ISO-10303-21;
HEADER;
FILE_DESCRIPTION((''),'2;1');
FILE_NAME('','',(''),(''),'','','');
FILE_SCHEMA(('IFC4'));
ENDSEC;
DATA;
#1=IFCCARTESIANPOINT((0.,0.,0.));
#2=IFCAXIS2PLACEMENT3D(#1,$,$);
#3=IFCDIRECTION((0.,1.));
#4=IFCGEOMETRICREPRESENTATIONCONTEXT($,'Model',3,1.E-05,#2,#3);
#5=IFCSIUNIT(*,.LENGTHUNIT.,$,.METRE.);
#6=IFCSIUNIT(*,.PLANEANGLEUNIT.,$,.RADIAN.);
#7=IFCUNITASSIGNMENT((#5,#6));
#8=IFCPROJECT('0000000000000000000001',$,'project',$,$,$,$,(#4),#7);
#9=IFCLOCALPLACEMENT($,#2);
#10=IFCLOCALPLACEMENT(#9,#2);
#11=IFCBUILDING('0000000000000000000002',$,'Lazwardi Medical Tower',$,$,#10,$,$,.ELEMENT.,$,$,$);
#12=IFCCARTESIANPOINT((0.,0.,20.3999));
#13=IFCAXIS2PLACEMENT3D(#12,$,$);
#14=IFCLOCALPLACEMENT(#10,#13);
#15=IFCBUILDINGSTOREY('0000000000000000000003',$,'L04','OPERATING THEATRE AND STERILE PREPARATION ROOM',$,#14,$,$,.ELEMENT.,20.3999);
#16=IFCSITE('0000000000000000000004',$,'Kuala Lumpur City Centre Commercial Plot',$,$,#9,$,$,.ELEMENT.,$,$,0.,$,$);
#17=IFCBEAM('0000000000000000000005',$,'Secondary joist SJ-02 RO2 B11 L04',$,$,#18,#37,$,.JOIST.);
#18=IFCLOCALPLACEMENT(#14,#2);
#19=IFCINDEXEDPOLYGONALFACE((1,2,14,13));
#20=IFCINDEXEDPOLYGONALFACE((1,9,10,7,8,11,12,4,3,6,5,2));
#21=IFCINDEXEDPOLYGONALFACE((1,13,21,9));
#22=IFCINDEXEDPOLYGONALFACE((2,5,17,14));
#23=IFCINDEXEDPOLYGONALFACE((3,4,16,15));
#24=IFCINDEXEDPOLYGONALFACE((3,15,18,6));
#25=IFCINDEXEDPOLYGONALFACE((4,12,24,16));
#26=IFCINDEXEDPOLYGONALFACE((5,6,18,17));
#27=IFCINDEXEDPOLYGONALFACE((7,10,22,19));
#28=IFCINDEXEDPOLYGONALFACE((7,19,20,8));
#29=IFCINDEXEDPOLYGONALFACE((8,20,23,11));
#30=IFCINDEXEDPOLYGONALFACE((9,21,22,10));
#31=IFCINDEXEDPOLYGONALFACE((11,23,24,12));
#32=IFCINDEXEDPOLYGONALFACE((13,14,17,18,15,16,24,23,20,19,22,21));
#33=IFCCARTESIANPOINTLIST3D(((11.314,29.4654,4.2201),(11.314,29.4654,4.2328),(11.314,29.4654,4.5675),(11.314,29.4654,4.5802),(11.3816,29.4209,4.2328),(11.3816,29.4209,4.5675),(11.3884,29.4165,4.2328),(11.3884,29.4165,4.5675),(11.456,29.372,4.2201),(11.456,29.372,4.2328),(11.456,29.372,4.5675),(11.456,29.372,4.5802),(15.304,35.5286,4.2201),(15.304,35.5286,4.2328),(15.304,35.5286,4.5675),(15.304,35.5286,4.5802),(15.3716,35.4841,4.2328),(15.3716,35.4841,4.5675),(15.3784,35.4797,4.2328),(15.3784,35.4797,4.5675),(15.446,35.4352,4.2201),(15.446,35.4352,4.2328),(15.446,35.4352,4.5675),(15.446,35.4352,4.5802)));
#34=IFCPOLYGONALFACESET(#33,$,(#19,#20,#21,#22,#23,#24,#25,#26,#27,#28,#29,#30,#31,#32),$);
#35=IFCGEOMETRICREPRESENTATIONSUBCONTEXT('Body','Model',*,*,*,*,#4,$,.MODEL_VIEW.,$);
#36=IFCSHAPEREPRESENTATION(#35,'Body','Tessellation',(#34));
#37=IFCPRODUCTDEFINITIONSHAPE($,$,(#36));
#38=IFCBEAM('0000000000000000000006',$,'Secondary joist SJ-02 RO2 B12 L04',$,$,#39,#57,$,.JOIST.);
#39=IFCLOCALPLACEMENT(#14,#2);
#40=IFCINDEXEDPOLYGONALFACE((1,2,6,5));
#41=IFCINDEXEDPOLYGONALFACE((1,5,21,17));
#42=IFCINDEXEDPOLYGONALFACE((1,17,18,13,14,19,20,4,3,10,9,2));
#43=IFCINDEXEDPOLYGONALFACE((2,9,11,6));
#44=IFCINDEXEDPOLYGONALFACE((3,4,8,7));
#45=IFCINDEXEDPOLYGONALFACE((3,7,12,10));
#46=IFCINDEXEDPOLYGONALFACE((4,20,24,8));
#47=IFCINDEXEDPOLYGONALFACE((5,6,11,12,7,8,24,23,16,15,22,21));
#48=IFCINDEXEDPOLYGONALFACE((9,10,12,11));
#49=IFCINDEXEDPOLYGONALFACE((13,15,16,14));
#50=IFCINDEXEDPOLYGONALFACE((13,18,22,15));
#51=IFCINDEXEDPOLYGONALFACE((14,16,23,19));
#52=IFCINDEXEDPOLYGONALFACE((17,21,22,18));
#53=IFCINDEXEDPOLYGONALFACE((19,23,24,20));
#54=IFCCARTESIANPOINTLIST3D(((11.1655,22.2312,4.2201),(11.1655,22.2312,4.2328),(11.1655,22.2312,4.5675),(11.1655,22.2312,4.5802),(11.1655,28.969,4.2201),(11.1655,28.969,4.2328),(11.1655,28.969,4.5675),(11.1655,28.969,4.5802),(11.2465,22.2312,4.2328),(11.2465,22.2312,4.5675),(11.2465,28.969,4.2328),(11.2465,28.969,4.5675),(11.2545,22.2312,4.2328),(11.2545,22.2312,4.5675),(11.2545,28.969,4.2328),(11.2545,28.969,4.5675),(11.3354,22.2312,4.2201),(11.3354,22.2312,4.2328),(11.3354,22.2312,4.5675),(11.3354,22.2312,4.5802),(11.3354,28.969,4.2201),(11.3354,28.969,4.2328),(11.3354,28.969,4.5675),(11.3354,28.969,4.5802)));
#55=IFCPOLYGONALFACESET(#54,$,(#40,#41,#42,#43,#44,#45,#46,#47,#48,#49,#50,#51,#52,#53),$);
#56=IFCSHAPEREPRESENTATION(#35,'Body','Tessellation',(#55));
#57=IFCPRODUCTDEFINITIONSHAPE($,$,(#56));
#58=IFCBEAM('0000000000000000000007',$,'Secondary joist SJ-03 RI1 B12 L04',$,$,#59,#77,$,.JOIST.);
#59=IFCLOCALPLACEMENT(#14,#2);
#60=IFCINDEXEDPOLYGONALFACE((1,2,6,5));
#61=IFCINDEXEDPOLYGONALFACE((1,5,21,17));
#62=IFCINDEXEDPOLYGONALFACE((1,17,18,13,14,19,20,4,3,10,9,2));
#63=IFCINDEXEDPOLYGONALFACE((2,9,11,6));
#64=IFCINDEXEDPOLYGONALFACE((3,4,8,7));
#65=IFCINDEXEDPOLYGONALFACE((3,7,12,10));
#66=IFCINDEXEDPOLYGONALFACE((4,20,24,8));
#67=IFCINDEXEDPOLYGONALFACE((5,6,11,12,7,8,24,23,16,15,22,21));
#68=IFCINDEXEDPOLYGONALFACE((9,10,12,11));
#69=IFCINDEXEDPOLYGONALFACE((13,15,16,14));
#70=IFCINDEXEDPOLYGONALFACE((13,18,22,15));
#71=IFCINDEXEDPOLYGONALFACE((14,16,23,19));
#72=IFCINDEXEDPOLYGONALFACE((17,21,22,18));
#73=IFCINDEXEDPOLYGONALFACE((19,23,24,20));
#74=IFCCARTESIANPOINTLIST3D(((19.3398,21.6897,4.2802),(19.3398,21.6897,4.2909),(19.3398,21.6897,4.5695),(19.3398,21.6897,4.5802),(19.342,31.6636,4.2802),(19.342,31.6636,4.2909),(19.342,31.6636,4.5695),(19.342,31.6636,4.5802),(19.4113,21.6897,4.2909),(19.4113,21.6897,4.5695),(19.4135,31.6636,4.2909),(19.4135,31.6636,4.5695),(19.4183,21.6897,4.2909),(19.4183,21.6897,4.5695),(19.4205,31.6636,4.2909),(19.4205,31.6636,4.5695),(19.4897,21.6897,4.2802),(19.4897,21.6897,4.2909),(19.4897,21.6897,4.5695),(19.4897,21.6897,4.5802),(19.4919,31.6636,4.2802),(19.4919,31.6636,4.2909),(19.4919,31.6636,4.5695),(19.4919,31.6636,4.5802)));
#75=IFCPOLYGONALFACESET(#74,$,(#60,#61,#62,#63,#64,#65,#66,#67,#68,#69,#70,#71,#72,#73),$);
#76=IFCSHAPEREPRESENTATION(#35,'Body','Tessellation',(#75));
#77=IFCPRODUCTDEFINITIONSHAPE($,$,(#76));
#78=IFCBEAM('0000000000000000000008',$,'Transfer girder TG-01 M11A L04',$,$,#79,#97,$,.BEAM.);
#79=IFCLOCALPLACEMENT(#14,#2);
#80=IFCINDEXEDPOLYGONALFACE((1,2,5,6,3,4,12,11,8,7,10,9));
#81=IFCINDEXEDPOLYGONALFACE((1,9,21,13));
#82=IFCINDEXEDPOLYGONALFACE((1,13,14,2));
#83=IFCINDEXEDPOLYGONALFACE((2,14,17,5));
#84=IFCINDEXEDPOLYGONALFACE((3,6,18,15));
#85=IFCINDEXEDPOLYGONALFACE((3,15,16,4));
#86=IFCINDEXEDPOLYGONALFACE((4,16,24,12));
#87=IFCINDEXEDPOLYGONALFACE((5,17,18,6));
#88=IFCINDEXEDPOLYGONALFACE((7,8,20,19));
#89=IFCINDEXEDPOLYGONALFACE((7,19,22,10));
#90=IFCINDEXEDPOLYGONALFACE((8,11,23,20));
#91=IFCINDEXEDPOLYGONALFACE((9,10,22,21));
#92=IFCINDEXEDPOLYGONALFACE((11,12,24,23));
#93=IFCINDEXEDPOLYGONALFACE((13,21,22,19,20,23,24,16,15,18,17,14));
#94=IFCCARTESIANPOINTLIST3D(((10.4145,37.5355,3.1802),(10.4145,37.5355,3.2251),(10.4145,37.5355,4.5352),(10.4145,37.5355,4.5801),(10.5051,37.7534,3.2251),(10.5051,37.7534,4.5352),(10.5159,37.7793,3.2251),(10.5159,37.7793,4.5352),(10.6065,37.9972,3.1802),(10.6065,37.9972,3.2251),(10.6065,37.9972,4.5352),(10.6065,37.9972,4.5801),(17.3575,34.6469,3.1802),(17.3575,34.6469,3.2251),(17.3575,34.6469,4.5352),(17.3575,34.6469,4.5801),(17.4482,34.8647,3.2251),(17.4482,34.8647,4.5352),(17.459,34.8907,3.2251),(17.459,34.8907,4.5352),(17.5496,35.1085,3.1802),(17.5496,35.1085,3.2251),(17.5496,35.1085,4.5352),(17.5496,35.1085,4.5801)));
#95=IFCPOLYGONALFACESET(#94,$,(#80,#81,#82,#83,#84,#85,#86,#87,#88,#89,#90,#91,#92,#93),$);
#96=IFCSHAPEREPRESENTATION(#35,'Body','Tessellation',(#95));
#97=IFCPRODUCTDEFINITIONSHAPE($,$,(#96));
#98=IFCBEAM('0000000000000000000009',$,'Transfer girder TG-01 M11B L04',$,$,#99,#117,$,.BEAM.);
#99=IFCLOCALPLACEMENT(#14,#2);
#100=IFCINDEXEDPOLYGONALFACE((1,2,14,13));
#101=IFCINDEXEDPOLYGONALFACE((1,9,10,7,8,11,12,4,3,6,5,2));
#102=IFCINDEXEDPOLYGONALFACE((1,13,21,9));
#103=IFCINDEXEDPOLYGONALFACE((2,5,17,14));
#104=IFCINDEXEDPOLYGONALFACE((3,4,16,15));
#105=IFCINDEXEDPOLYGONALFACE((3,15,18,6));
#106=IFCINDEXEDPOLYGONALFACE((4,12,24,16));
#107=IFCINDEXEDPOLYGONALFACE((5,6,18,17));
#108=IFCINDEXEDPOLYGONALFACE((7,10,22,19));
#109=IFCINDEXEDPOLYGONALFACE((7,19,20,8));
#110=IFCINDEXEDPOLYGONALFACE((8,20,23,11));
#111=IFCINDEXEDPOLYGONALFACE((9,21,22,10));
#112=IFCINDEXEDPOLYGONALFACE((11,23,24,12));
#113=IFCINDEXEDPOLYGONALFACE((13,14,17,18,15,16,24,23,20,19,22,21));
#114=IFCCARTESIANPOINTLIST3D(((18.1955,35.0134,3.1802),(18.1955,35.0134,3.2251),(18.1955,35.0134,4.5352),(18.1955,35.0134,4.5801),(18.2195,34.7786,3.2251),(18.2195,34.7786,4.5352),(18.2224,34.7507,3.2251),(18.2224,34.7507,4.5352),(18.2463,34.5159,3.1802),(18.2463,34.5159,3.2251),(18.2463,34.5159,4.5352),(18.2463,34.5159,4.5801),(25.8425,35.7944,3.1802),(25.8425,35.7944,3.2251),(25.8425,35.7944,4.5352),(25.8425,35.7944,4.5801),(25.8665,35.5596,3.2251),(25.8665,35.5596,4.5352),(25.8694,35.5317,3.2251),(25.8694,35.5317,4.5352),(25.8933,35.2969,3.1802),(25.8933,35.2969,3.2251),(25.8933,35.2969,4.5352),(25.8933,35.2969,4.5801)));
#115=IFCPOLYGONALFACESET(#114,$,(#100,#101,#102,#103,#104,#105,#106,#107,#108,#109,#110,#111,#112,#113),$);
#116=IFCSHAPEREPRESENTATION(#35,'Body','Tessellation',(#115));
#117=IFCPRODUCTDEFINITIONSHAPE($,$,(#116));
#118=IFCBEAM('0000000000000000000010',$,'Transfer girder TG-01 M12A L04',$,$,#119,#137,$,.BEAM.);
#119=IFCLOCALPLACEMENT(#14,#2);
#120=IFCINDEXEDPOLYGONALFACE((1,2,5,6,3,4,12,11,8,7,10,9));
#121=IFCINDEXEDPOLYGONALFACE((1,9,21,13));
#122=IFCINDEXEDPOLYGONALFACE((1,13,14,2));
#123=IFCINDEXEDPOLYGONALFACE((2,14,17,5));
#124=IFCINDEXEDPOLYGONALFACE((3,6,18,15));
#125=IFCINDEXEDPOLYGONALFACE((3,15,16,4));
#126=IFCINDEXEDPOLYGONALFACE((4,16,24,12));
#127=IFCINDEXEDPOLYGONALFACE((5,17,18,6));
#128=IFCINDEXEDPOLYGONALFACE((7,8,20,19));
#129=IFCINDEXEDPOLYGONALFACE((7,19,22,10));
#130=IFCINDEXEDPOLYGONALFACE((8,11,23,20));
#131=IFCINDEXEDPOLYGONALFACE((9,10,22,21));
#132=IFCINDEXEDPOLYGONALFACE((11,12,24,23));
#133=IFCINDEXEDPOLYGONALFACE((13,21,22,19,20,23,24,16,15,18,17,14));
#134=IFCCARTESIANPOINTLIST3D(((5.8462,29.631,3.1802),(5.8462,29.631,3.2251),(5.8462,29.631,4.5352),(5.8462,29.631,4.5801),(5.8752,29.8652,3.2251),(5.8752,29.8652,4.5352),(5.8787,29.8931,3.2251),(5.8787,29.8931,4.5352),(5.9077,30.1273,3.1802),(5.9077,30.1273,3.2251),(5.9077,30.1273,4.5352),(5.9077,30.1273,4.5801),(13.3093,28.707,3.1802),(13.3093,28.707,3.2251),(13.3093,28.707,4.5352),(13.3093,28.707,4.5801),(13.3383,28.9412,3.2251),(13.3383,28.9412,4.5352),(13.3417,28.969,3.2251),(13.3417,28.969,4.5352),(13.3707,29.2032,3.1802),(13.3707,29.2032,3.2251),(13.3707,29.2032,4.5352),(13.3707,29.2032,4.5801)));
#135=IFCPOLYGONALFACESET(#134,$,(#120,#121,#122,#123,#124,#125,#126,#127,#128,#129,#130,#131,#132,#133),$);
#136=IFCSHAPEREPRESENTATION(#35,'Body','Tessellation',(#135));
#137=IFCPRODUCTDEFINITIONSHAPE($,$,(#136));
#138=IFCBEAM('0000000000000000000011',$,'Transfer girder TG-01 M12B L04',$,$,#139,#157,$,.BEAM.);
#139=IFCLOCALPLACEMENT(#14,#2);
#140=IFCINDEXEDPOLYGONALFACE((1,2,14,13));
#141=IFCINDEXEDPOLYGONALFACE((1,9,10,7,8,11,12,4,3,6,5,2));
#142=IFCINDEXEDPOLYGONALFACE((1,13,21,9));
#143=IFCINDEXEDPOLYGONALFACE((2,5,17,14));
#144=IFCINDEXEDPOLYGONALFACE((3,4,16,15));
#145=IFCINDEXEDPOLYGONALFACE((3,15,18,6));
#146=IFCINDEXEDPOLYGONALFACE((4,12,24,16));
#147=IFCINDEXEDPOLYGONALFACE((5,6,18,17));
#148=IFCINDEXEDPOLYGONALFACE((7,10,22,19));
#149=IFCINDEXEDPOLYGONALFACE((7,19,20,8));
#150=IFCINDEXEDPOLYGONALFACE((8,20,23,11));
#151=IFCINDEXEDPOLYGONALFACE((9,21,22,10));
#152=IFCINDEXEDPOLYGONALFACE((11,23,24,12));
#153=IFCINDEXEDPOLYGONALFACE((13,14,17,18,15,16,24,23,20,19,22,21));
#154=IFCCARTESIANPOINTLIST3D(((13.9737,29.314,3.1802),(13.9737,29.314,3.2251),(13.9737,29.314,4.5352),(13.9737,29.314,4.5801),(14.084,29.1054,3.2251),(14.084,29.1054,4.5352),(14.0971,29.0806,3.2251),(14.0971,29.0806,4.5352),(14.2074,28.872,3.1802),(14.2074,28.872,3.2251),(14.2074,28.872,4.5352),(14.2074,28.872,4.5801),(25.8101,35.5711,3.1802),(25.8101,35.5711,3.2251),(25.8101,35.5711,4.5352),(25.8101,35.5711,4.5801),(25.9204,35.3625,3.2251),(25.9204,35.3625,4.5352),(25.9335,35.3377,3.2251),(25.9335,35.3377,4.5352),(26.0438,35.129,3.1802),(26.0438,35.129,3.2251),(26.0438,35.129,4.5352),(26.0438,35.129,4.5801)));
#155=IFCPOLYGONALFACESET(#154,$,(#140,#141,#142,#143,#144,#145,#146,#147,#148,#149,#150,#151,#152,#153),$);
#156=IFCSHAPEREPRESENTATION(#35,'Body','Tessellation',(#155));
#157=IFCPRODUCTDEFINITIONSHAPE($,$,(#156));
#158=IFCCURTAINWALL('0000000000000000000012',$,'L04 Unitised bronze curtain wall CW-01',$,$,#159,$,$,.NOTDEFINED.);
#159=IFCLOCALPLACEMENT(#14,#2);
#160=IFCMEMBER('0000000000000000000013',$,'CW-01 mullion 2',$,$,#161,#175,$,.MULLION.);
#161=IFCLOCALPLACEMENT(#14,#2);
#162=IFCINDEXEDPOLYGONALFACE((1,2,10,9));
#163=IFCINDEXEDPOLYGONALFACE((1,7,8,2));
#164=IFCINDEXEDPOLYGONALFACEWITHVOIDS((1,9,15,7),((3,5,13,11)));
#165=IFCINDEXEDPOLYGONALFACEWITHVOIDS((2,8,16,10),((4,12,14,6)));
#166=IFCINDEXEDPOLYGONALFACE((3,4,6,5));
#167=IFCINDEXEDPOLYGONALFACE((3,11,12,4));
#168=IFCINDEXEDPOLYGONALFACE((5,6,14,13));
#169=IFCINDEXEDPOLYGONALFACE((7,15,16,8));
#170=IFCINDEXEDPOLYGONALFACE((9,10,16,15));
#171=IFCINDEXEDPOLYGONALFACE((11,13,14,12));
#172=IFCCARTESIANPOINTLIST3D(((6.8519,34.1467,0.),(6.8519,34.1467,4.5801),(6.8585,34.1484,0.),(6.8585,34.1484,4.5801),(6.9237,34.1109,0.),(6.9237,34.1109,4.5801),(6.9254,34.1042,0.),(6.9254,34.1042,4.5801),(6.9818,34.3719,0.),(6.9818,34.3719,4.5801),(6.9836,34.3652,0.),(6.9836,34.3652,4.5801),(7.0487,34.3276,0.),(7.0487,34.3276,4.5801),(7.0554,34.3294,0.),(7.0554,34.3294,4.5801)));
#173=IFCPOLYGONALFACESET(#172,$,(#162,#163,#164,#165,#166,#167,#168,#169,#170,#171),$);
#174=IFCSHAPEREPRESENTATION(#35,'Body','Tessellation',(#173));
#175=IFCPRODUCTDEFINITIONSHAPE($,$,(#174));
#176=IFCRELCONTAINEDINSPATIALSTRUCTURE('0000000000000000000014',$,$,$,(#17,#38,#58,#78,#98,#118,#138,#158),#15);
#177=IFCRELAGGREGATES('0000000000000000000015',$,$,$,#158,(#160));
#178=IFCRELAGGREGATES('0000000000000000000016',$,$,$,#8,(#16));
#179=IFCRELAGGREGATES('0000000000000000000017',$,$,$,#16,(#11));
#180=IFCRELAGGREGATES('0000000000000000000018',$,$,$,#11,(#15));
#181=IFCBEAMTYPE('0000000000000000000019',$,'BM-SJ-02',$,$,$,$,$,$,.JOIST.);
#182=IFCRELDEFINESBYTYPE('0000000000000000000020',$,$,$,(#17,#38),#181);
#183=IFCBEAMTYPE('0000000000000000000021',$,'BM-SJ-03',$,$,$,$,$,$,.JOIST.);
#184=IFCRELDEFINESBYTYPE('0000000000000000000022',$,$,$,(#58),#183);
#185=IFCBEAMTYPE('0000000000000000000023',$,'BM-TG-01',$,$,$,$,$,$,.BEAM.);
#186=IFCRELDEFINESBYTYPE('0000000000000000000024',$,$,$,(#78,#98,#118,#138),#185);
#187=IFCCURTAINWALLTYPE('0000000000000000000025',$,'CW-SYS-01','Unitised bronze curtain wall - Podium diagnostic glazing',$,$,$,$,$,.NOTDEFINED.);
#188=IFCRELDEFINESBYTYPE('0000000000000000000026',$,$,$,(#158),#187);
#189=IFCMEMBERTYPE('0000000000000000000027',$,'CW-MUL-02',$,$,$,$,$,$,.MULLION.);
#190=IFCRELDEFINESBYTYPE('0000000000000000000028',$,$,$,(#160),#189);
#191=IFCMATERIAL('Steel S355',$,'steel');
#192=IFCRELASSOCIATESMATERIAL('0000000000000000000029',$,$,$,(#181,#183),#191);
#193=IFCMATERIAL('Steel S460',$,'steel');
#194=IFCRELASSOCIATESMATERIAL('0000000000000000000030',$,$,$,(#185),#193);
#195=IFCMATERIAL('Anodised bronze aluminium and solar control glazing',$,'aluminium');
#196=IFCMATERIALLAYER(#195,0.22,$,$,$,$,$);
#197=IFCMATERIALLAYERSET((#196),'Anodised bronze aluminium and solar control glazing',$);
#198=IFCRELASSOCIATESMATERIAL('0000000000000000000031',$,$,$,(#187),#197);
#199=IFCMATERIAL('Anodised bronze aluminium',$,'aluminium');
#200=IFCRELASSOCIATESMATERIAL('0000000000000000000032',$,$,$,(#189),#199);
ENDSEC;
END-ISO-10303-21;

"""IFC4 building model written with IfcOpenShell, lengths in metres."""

from ifc_helpers import new_model, si_unit, direction, frame, origin, origin_2d, place, context, subcontext, project, spatial, hollow_rectangle, i_section, extrude, material, layer, layer_set, material_profile, profile_set, type_object, element, aggregate, save


model = new_model("IFC4")

# Units and contexts
model_context = context("Model", 3, precision=1e-05, world=origin(), true_north=direction((0.0, 1.0)))
body_context = subcontext(model_context, "Body", "Model", "MODEL_VIEW")
ifc_project = project(units=[si_unit("LENGTHUNIT", "METRE"), si_unit("PLANEANGLEUNIT", "RADIAN")], contexts=[model_context])

# Site, building, storey
site_placement = place(None, origin())
site = spatial("IfcSite", under=ifc_project, at=site_placement, Name="Kuala Lumpur City Centre Commercial Plot", CompositionType="ELEMENT", RefElevation=0.0)
building_placement = place(site_placement, origin())
building = spatial("IfcBuilding", under=site, at=building_placement, Name="Lazwardi Medical Tower", CompositionType="ELEMENT")
storey_placement = place(building_placement, frame((0.0, 0.0, 20.3999)))
storey = spatial("IfcBuildingStorey", under=building, at=storey_placement, Name="L04", Description="OPERATING THEATRE AND STERILE PREPARATION ROOM", CompositionType="ELEMENT", Elevation=20.3999)

# Beams
ifc_material_1 = material(Name="Steel S460", Category="steel")
ifc_material_2 = material(Name="Steel S355", Category="steel")
ifc_material_profile_1 = material_profile(ifc_material_2, i_section(OverallWidth=0.1699, OverallDepth=0.3601, WebThickness=0.0081, FlangeThickness=0.0127, at=origin_2d()), Name="IPE 360")
ifc_profile_set_1 = profile_set([ifc_material_profile_1], Name="Steel S355")
beam_type_1 = type_object("IfcBeamType", Name="BM-SJ-02", PredefinedType="JOIST", material=ifc_profile_set_1)
beam_1_placement = place(storey_placement, frame((15.375, 35.4819, 4.4001), z_axis=(-0.549715, -0.835352, 0.0), x_axis=(0.835352, -0.549715, 0.0)))
element("IfcBeam", 1, at=beam_1_placement, inside=storey, type_object=beam_type_1, Name="Secondary joist SJ-02 RO2 B11 L04", PredefinedType="JOIST", context=body_context, shape_type="SweptSolid", body=[
    extrude(i_section(OverallWidth=0.1699, OverallDepth=0.3601, WebThickness=0.0081, FlangeThickness=0.0127, at=origin_2d()), origin(), (0.0, 0.0, 1.0), 7.2583),
])
beam_2_placement = place(storey_placement, frame((11.2505, 28.969, 4.4001), z_axis=(0.0, -1.0, 0.0), x_axis=(1.0, 0.0, 0.0)))
element("IfcBeam", 2, at=beam_2_placement, inside=storey, type_object=beam_type_1, Name="Secondary joist SJ-02 RO2 B12 L04", PredefinedType="JOIST", context=body_context, shape_type="SweptSolid", body=[
    extrude(i_section(OverallWidth=0.1699, OverallDepth=0.3601, WebThickness=0.0081, FlangeThickness=0.0127, at=origin_2d()), origin(), (0.0, 0.0, 1.0), 6.7378),
])
ifc_material_profile_2 = material_profile(ifc_material_2, i_section(OverallWidth=0.1499, OverallDepth=0.3, WebThickness=0.0071, FlangeThickness=0.0107, at=origin_2d()), Name="IPE 300")
ifc_profile_set_2 = profile_set([ifc_material_profile_2], Name="Steel S355")
beam_type_2 = type_object("IfcBeamType", Name="BM-SJ-03", PredefinedType="JOIST", material=ifc_profile_set_2)
beam_3_placement = place(storey_placement, frame((19.417, 31.6636, 4.4302), z_axis=(-0.00022, -1.0, 0.0), x_axis=(1.0, -0.00022, 0.0)))
element("IfcBeam", 3, at=beam_3_placement, inside=storey, type_object=beam_type_2, Name="Secondary joist SJ-03 RI1 B12 L04", PredefinedType="JOIST", context=body_context, shape_type="SweptSolid", body=[
    extrude(i_section(OverallWidth=0.1499, OverallDepth=0.3, WebThickness=0.0071, FlangeThickness=0.0107, at=origin_2d()), origin(), (0.0, 0.0, 1.0), 9.9739),
])
ifc_material_profile_3 = material_profile(ifc_material_1, i_section(OverallWidth=0.5, OverallDepth=1.3999, WebThickness=0.0281, FlangeThickness=0.0449, at=origin_2d()), Name="PG 1400x500")
ifc_profile_set_3 = profile_set([ifc_material_profile_3], Name="Steel S460")
beam_type_3 = type_object("IfcBeamType", Name="BM-TG-01", PredefinedType="BEAM", material=ifc_profile_set_3)
beam_4_placement = place(storey_placement, frame((10.5105, 37.7664, 3.8801), z_axis=(0.923279, -0.384129, 0.0), x_axis=(0.384129, 0.923279, 0.0)))
element("IfcBeam", 4, at=beam_4_placement, inside=storey, type_object=beam_type_3, Name="Transfer girder TG-01 M11A L04", PredefinedType="BEAM", context=body_context, shape_type="SweptSolid", body=[
    extrude(i_section(OverallWidth=0.5, OverallDepth=1.3999, WebThickness=0.0281, FlangeThickness=0.0449, at=origin_2d()), origin(), (0.0, 0.0, 1.0), 7.52),
])
beam_5_placement = place(storey_placement, frame((18.2209, 34.7646, 3.8801), z_axis=(0.994825, 0.101604, 0.0), x_axis=(-0.101604, 0.994825, 0.0)))
element("IfcBeam", 5, at=beam_5_placement, inside=storey, type_object=beam_type_3, Name="Transfer girder TG-01 M11B L04", PredefinedType="BEAM", context=body_context, shape_type="SweptSolid", body=[
    extrude(i_section(OverallWidth=0.5, OverallDepth=1.3999, WebThickness=0.0281, FlangeThickness=0.0449, at=origin_2d()), origin(), (0.0, 0.0, 1.0), 7.6868),
])
beam_6_placement = place(storey_placement, frame((5.877, 29.8792, 3.8801), z_axis=(0.992422, -0.12288, 0.0), x_axis=(0.12288, 0.992422, 0.0)))
element("IfcBeam", 6, at=beam_6_placement, inside=storey, type_object=beam_type_3, Name="Transfer girder TG-01 M12A L04", PredefinedType="BEAM", context=body_context, shape_type="SweptSolid", body=[
    extrude(i_section(OverallWidth=0.5, OverallDepth=1.3999, WebThickness=0.0281, FlangeThickness=0.0449, at=origin_2d()), origin(), (0.0, 0.0, 1.0), 7.52),
])
beam_7_placement = place(storey_placement, frame((14.0906, 29.093, 3.8801), z_axis=(0.884074, 0.467347, 0.0), x_axis=(-0.467347, 0.884074, 0.0)))
element("IfcBeam", 7, at=beam_7_placement, inside=storey, type_object=beam_type_3, Name="Transfer girder TG-01 M12B L04", PredefinedType="BEAM", context=body_context, shape_type="SweptSolid", body=[
    extrude(i_section(OverallWidth=0.5, OverallDepth=1.3999, WebThickness=0.0281, FlangeThickness=0.0449, at=origin_2d()), origin(), (0.0, 0.0, 1.0), 13.3884),
])

# Curtain wall, member
ifc_material_3 = material(Name="Anodised bronze aluminium and solar control glazing", Category="aluminium")
ifc_layer_1 = layer(ifc_material_3, 0.22)
ifc_layer_set_1 = layer_set([ifc_layer_1], Name="Anodised bronze aluminium and solar control glazing")
curtain_wall_type = type_object("IfcCurtainWallType", Name="CW-SYS-01", Description="Unitised bronze curtain wall - Podium diagnostic glazing", PredefinedType="NOTDEFINED", material=ifc_layer_set_1)
curtain_wall_1_placement = place(storey_placement, origin())
curtain_wall_1 = element("IfcCurtainWall", 8, at=curtain_wall_1_placement, inside=storey, type_object=curtain_wall_type, Name="L04 Unitised bronze curtain wall CW-01", PredefinedType="NOTDEFINED")
ifc_material_4 = material(Name="Anodised bronze aluminium", Category="aluminium")
ifc_material_profile_4 = material_profile(ifc_material_4, hollow_rectangle(XDim=0.085, YDim=0.26, WallThickness=0.0049, at=origin_2d()), Name="ALU-MULLION 260x85x5")
ifc_profile_set_4 = profile_set([ifc_material_profile_4], Name="Anodised bronze aluminium")
member_type_1 = type_object("IfcMemberType", Name="CW-MUL-02", PredefinedType="MULLION", material=ifc_profile_set_4)
member_1_placement = place(storey_placement, frame((6.9536, 34.238, 0.0), z_axis=(0.0, 0.0, 1.0), x_axis=(0.866181, -0.499731, 0.0)))
member_1 = element("IfcMember", 9, at=member_1_placement, type_object=member_type_1, Name="CW-01 mullion 2", PredefinedType="MULLION", context=body_context, shape_type="SweptSolid", body=[
    extrude(hollow_rectangle(XDim=0.085, YDim=0.26, WallThickness=0.0049, at=origin_2d()), origin(), (0.0, 0.0, 1.0), 4.5801),
])

aggregate(curtain_wall_1, [member_1])

save(model, "model.ifc")
